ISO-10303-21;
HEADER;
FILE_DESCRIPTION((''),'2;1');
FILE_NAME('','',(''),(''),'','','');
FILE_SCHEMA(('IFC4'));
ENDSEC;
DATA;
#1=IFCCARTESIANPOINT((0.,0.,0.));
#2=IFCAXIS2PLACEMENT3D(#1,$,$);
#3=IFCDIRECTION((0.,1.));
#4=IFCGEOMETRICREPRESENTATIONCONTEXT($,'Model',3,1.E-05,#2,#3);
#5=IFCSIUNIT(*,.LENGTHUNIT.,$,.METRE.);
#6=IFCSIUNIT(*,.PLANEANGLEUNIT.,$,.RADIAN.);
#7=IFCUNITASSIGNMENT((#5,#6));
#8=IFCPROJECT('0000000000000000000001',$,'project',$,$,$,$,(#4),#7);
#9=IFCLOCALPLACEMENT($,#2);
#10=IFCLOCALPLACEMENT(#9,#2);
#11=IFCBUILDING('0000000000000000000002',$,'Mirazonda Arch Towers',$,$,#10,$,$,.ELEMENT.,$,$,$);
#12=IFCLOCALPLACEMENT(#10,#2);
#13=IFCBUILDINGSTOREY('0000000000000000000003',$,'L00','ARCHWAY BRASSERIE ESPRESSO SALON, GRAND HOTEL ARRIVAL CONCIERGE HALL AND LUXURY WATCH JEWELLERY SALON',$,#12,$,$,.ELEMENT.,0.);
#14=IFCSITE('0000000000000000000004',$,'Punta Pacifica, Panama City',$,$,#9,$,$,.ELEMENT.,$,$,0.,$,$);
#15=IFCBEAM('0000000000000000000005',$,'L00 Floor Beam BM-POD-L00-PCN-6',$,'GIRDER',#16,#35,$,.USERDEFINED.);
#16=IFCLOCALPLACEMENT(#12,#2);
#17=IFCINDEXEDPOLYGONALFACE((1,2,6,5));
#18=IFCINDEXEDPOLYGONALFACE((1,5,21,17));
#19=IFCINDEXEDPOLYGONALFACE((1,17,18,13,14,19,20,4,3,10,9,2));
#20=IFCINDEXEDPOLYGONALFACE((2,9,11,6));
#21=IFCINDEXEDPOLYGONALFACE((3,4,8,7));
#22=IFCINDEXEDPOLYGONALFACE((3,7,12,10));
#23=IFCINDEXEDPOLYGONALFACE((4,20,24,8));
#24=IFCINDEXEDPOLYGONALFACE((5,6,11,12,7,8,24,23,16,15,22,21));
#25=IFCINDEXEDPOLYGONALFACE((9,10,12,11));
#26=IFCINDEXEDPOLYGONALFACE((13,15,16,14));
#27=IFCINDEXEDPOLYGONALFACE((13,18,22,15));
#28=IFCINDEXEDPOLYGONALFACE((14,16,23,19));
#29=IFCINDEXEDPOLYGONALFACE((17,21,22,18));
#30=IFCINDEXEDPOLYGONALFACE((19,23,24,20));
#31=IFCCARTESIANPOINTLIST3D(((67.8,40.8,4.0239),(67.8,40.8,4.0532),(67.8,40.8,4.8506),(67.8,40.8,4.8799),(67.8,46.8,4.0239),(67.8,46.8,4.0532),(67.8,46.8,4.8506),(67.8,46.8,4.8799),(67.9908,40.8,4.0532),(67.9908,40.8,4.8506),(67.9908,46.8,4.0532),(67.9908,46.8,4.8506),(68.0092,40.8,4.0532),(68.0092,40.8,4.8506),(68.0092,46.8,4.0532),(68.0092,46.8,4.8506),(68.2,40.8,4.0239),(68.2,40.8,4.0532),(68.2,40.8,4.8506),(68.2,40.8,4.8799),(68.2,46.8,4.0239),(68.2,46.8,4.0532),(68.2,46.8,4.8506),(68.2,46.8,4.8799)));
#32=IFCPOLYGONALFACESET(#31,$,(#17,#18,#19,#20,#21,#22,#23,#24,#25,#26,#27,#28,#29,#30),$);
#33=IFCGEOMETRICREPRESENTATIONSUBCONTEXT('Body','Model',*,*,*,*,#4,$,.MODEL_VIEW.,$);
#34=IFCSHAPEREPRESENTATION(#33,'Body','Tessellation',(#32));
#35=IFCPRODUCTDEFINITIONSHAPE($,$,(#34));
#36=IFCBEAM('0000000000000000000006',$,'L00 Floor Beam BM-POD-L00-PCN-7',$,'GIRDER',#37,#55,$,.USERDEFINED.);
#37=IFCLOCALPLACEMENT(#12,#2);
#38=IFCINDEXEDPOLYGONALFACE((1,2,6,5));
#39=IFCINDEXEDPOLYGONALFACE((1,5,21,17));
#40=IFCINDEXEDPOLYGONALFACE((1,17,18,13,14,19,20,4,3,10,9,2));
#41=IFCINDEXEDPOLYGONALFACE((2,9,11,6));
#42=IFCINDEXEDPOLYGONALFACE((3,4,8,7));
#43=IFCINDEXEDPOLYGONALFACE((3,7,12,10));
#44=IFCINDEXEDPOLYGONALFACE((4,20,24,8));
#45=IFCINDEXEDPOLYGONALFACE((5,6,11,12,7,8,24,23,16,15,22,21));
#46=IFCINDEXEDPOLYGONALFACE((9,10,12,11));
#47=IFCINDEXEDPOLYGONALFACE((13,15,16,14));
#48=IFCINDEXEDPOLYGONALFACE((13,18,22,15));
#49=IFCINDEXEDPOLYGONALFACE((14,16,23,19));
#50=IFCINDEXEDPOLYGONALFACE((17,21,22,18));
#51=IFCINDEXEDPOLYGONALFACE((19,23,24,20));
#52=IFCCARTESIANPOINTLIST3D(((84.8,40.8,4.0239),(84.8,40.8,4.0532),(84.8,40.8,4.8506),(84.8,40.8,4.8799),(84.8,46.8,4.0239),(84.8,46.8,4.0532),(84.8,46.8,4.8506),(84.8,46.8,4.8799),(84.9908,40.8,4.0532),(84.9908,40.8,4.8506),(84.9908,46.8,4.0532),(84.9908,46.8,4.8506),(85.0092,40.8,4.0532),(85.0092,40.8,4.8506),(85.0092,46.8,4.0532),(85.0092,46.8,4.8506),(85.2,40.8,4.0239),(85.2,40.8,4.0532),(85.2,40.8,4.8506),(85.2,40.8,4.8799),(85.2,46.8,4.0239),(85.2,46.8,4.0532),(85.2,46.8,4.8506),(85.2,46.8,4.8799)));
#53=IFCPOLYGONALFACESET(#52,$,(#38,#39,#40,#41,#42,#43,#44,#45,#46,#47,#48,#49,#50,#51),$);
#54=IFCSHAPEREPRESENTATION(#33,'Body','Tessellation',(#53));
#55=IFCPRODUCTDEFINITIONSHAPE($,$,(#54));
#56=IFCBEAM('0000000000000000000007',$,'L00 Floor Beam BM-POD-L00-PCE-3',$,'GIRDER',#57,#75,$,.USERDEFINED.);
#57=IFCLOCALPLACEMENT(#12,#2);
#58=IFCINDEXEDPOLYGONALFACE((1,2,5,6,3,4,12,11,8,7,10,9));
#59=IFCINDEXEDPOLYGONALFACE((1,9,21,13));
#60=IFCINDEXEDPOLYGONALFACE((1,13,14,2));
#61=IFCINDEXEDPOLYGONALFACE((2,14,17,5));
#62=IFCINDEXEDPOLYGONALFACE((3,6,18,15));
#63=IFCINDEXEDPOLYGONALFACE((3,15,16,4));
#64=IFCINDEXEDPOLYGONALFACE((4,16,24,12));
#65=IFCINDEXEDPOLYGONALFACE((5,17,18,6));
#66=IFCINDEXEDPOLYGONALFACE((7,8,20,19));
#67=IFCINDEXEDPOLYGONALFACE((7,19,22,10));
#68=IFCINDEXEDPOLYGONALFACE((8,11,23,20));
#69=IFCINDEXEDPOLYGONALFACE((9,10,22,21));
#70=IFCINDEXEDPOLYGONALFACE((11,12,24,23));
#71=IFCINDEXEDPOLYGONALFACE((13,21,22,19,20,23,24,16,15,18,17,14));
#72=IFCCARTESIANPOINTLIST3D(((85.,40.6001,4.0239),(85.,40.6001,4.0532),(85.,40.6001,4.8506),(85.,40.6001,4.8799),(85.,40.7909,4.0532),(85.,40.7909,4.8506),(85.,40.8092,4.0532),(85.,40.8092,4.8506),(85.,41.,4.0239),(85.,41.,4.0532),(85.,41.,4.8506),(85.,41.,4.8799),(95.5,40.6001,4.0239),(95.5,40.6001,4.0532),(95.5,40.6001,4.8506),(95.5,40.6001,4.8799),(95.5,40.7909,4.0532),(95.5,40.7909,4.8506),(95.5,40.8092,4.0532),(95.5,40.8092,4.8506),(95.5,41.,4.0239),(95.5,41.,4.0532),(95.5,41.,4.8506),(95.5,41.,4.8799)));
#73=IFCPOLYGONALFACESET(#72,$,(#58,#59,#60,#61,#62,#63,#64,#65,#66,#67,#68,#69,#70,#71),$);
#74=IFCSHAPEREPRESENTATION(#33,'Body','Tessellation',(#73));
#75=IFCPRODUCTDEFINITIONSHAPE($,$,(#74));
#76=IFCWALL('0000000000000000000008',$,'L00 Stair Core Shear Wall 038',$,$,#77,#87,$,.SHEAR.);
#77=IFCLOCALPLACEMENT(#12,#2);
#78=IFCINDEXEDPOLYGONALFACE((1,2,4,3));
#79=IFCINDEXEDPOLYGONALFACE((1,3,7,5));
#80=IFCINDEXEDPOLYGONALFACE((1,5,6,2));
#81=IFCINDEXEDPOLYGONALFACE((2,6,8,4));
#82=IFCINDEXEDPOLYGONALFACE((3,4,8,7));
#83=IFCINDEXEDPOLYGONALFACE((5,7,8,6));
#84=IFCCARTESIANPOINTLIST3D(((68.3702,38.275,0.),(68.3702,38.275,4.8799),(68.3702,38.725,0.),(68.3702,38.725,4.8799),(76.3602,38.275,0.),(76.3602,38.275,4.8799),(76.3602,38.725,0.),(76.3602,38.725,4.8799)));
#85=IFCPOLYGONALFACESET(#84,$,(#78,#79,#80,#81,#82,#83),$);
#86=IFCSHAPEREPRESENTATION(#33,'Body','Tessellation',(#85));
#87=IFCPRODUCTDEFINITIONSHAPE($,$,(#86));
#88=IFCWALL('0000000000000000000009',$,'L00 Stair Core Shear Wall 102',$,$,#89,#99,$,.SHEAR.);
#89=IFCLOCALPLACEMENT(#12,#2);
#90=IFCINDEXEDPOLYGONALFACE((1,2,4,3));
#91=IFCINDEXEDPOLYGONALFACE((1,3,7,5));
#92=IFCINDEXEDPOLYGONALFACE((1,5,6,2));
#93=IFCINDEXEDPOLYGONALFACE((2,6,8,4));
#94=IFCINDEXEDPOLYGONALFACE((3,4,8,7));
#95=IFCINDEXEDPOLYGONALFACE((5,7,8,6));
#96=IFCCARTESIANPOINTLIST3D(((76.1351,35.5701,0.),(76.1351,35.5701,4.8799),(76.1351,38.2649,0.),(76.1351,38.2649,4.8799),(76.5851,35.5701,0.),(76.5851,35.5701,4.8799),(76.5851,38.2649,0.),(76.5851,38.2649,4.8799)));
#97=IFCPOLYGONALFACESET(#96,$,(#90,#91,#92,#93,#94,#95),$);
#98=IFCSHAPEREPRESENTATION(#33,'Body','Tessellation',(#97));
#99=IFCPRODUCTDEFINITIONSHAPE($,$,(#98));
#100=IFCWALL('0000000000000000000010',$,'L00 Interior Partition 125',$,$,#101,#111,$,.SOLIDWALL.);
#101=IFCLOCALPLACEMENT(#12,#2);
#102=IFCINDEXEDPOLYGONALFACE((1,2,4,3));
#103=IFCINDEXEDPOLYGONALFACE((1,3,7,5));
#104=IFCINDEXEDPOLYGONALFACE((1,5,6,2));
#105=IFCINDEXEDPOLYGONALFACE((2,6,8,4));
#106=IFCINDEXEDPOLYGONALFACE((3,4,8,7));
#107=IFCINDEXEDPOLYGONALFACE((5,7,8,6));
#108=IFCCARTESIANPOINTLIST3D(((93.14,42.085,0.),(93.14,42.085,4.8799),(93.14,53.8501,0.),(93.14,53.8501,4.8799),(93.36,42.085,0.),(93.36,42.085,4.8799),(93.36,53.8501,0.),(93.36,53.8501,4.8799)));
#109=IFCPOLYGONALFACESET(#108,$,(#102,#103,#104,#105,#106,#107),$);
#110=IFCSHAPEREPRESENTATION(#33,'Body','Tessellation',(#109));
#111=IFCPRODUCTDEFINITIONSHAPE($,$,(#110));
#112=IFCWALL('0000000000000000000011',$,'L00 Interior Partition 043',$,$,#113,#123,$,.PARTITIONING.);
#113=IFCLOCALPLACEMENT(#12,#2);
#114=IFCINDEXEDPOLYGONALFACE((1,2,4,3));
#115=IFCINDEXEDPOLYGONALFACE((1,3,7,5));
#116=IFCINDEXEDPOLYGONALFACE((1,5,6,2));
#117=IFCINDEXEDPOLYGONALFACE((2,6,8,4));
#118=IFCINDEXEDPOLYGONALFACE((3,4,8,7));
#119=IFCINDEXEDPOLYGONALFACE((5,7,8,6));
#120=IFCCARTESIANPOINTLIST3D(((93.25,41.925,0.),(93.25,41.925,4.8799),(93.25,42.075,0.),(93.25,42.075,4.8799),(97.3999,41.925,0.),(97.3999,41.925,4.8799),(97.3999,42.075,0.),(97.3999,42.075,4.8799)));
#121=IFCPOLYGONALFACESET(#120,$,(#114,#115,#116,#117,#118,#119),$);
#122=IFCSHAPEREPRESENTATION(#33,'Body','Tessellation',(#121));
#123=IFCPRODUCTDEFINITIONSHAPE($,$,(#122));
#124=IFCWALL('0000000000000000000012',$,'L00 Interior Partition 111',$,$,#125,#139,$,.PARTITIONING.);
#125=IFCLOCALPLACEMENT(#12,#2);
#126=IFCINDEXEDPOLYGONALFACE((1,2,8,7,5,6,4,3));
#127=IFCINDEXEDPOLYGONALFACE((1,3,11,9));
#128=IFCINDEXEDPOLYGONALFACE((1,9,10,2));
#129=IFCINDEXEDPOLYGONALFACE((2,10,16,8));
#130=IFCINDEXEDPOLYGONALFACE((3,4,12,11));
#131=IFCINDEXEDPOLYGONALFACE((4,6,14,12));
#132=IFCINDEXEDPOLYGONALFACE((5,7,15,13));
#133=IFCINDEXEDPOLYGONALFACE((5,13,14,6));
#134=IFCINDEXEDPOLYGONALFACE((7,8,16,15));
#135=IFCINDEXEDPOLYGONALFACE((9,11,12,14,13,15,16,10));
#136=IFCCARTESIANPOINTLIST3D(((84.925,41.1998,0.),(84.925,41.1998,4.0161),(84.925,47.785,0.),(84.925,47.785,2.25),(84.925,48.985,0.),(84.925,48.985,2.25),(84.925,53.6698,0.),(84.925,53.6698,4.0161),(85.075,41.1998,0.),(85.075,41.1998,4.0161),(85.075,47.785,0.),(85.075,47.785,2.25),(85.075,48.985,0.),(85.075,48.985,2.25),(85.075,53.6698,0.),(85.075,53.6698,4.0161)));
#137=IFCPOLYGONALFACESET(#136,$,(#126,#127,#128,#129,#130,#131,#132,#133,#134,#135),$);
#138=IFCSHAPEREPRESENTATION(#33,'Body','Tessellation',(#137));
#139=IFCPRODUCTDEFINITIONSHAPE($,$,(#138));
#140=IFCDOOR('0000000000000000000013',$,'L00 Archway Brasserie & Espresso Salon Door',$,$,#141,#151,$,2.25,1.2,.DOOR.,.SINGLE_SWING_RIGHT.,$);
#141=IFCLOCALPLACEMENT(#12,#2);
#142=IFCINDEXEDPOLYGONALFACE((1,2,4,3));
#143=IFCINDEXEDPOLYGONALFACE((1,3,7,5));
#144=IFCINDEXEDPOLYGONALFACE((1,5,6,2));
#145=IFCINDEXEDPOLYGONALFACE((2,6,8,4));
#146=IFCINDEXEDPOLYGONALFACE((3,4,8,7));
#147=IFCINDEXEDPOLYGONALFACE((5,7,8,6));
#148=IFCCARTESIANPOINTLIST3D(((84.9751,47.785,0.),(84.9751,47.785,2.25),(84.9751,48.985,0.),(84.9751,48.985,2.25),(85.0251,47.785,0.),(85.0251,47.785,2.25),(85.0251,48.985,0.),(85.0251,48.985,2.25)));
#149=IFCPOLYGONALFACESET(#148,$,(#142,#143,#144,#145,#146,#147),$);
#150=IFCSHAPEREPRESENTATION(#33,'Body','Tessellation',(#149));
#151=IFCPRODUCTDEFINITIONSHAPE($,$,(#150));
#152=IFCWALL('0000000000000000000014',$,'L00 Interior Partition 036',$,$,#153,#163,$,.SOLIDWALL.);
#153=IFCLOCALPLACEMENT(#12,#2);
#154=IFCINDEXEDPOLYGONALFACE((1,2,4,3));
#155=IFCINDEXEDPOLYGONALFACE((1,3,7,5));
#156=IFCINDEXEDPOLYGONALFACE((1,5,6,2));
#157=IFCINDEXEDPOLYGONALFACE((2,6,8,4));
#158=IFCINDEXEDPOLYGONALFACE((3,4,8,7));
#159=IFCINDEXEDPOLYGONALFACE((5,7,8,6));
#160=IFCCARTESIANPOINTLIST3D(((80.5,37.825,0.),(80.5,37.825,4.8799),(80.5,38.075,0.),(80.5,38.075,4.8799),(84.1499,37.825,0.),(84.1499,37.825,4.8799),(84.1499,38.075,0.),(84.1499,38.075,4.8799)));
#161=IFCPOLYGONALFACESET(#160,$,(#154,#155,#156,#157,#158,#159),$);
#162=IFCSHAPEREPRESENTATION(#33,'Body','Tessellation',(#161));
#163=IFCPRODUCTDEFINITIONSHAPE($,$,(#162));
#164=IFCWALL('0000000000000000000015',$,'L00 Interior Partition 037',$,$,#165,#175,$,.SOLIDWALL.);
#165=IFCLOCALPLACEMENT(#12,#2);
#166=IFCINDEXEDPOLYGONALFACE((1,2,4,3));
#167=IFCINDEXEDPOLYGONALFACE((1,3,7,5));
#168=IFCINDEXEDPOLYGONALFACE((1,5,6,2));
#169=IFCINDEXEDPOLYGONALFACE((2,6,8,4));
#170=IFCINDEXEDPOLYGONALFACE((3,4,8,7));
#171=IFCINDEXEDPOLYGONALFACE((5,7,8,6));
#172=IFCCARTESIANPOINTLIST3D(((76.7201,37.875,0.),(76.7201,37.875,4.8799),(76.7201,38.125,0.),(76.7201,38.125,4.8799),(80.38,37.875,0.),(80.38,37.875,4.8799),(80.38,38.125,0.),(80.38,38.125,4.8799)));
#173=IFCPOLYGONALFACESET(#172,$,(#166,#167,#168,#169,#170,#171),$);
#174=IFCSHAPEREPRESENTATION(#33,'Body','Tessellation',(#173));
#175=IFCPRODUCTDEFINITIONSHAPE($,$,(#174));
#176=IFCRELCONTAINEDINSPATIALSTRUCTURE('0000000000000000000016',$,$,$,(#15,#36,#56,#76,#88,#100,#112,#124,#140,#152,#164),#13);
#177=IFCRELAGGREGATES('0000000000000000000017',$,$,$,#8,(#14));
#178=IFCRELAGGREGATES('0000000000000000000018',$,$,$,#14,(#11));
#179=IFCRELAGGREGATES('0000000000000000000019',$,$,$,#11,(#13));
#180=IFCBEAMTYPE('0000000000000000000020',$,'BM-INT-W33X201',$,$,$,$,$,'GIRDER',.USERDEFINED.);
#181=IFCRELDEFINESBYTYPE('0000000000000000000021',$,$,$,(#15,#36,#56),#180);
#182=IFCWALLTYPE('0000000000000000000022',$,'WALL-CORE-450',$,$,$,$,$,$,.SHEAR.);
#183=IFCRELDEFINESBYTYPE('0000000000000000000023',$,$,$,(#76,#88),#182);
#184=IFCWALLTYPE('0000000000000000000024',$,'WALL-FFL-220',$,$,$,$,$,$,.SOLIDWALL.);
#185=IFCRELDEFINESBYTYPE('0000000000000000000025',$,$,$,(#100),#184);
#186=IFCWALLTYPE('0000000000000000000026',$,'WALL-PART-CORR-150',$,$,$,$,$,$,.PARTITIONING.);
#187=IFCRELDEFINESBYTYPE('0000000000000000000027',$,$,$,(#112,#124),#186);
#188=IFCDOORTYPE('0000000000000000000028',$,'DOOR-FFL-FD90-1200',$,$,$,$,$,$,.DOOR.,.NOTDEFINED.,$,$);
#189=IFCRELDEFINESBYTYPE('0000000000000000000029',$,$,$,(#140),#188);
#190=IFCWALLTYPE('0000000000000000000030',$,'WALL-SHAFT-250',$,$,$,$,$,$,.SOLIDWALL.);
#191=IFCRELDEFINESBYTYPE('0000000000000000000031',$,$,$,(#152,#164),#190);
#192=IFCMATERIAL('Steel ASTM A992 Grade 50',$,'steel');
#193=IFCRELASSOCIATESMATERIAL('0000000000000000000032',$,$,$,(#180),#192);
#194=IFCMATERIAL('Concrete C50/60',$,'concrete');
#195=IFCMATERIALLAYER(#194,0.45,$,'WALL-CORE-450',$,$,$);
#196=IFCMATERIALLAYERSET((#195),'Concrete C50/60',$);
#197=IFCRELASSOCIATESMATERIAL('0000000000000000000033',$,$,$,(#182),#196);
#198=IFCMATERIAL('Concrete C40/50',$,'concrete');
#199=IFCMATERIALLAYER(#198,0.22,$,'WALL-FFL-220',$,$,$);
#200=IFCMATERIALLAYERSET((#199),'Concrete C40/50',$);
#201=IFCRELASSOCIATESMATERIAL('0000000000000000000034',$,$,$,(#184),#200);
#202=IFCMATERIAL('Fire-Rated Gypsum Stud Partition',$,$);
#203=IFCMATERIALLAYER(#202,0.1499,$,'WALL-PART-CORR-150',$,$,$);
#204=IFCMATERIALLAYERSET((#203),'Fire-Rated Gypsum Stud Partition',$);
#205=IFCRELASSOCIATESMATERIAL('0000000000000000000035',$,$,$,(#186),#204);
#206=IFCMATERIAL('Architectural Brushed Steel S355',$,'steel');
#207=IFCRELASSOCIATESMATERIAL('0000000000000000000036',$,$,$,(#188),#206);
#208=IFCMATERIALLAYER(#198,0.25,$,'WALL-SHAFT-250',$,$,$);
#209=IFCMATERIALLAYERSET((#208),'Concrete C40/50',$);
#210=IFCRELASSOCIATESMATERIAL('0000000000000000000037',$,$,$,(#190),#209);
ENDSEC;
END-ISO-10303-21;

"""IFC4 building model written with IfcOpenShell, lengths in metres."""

from ifc_helpers import new_model, si_unit, direction, frame, frame_2d, origin, origin_2d, place, context, subcontext, project, spatial, rectangle, i_section, extrude, material, layer, layer_set, material_profile, profile_set, type_object, element, fill, save


model = new_model("IFC4")

# Units and contexts
model_context = context("Model", 3, precision=1e-05, world=origin(), true_north=direction((0.0, 1.0)))
body_context = subcontext(model_context, "Body", "Model", "MODEL_VIEW")
ifc_project = project(units=[si_unit("LENGTHUNIT", "METRE"), si_unit("PLANEANGLEUNIT", "RADIAN")], contexts=[model_context])

# Site, building, storey
site_placement = place(None, origin())
site = spatial("IfcSite", under=ifc_project, at=site_placement, Name="Punta Pacifica, Panama City", CompositionType="ELEMENT", RefElevation=0.0)
building_placement = place(site_placement, origin())
building = spatial("IfcBuilding", under=site, at=building_placement, Name="Mirazonda Arch Towers", CompositionType="ELEMENT")
storey_placement = place(building_placement, origin())
storey = spatial("IfcBuildingStorey", under=building, at=storey_placement, Name="L00", Description="ARCHWAY BRASSERIE ESPRESSO SALON, GRAND HOTEL ARRIVAL CONCIERGE HALL AND LUXURY WATCH JEWELLERY SALON", CompositionType="ELEMENT", Elevation=0.0)

# Shared definitions
ifc_material_1 = material(Name="Concrete C50/60", Category="concrete")

# Beams
ifc_material_2 = material(Name="Steel ASTM A992 Grade 50", Category="steel")
ifc_material_profile_1 = material_profile(ifc_material_2, i_section(OverallWidth=0.3999, OverallDepth=0.856, WebThickness=0.0183, FlangeThickness=0.0293, at=origin_2d()), Name="W33X201")
ifc_profile_set_1 = profile_set([ifc_material_profile_1], Name="Steel ASTM A992 Grade 50")
beam_type_1 = type_object("IfcBeamType", Name="BM-INT-W33X201", ElementType="GIRDER", PredefinedType="USERDEFINED", material=ifc_profile_set_1)
for number, where, z_axis, x_axis, name in (
    (1, (68.0, 40.8, 4.4519), (0.0, 1.0, 0.0), (-1.0, 0.0, 0.0), "L00 Floor Beam BM-POD-L00-PCN-6"),
    (2, (85.0, 40.8, 4.4519), (0.0, 1.0, 0.0), (-1.0, 0.0, 0.0), "L00 Floor Beam BM-POD-L00-PCN-7"),
):
    element("IfcBeam", number, at=place(storey_placement, frame(where, z_axis=z_axis, x_axis=x_axis)), inside=storey, type_object=beam_type_1, Name=name, ObjectType="GIRDER", PredefinedType="USERDEFINED", context=body_context, shape_type="SweptSolid", body=[
        extrude(i_section(OverallWidth=0.3999, OverallDepth=0.856, WebThickness=0.0183, FlangeThickness=0.0293, at=origin_2d()), origin(), (0.0, 0.0, 1.0), 6.0),
    ])
beam_1_placement = place(storey_placement, frame((85.0, 40.8, 4.4519), z_axis=(1.0, 0.0, 0.0), x_axis=(0.0, 1.0, 0.0)))
element("IfcBeam", 3, at=beam_1_placement, inside=storey, type_object=beam_type_1, Name="L00 Floor Beam BM-POD-L00-PCE-3", ObjectType="GIRDER", PredefinedType="USERDEFINED", context=body_context, shape_type="SweptSolid", body=[
    extrude(i_section(OverallWidth=0.3999, OverallDepth=0.856, WebThickness=0.0183, FlangeThickness=0.0293, at=origin_2d()), origin(), (0.0, 0.0, 1.0), 10.5),
])

# Walls
ifc_layer_1 = layer(ifc_material_1, 0.45, Name="WALL-CORE-450")
ifc_layer_set_1 = layer_set([ifc_layer_1], Name="Concrete C50/60")
wall_type_1 = type_object("IfcWallType", Name="WALL-CORE-450", PredefinedType="SHEAR", material=ifc_layer_set_1)
wall_1_placement = place(storey_placement, frame((68.3701, 38.5, 0.0), z_axis=(0.0, 0.0, 1.0), x_axis=(1.0, 0.0, 0.0)))
element("IfcWall", 4, at=wall_1_placement, inside=storey, type_object=wall_type_1, Name="L00 Stair Core Shear Wall 038", PredefinedType="SHEAR", context=body_context, shape_type="SweptSolid", body=[
    extrude(rectangle(XDim=7.99, YDim=0.45, at=frame_2d((3.9951, 0.0))), origin(), (0.0, 0.0, 1.0), 4.8799),
])
wall_2_placement = place(storey_placement, frame((76.3601, 35.5701, 0.0), z_axis=(0.0, 0.0, 1.0), x_axis=(0.0, 1.0, 0.0)))
element("IfcWall", 5, at=wall_2_placement, inside=storey, type_object=wall_type_1, Name="L00 Stair Core Shear Wall 102", PredefinedType="SHEAR", context=body_context, shape_type="SweptSolid", body=[
    extrude(rectangle(XDim=2.6948, YDim=0.45, at=frame_2d((1.3474, 0.0))), origin(), (0.0, 0.0, 1.0), 4.8799),
])
ifc_material_3 = material(Name="Concrete C40/50", Category="concrete")
ifc_layer_2 = layer(ifc_material_3, 0.22, Name="WALL-FFL-220")
ifc_layer_set_2 = layer_set([ifc_layer_2], Name="Concrete C40/50")
wall_type_2 = type_object("IfcWallType", Name="WALL-FFL-220", PredefinedType="SOLIDWALL", material=ifc_layer_set_2)
wall_3_placement = place(storey_placement, frame((93.25, 42.085, 0.0), z_axis=(0.0, 0.0, 1.0), x_axis=(0.0, 1.0, 0.0)))
element("IfcWall", 6, at=wall_3_placement, inside=storey, type_object=wall_type_2, Name="L00 Interior Partition 125", PredefinedType="SOLIDWALL", context=body_context, shape_type="SweptSolid", body=[
    extrude(rectangle(XDim=11.7651, YDim=0.22, at=frame_2d((5.8826, 0.0))), origin(), (0.0, 0.0, 1.0), 4.8799),
])
ifc_material_4 = material(Name="Fire-Rated Gypsum Stud Partition")
ifc_layer_3 = layer(ifc_material_4, 0.1499, Name="WALL-PART-CORR-150")
ifc_layer_set_3 = layer_set([ifc_layer_3], Name="Fire-Rated Gypsum Stud Partition")
wall_type_3 = type_object("IfcWallType", Name="WALL-PART-CORR-150", PredefinedType="PARTITIONING", material=ifc_layer_set_3)
wall_4_placement = place(storey_placement, frame((93.25, 42.0, 0.0), z_axis=(0.0, 0.0, 1.0), x_axis=(1.0, 0.0, 0.0)))
element("IfcWall", 7, at=wall_4_placement, inside=storey, type_object=wall_type_3, Name="L00 Interior Partition 043", PredefinedType="PARTITIONING", context=body_context, shape_type="SweptSolid", body=[
    extrude(rectangle(XDim=4.1499, YDim=0.1499, at=frame_2d((2.075, 0.0))), origin(), (0.0, 0.0, 1.0), 4.8799),
])

# Wall, opening, door
wall_5_placement = place(storey_placement, frame((85.0, 41.2, 0.0), z_axis=(0.0, 0.0, 1.0), x_axis=(0.0, 1.0, 0.0)))
wall_5 = element("IfcWall", 8, at=wall_5_placement, inside=storey, type_object=wall_type_3, Name="L00 Interior Partition 111", PredefinedType="PARTITIONING", context=body_context, shape_type="SweptSolid", body=[
    extrude(rectangle(XDim=12.47, YDim=0.1499, at=frame_2d((6.2349, 0.0))), origin(), (0.0, 0.0, 1.0), 4.0161),
])
opening_placement = place(wall_5_placement, frame((6.585, 0.0, 0.0)))
opening = element("IfcOpeningElement", 9, at=opening_placement, cuts=wall_5, PredefinedType="OPENING", context=body_context, shape_type="SweptSolid", body=[
    extrude(rectangle(XDim=1.2, YDim=2.25, at=frame_2d((0.6001, 1.125))), frame((0.0, 0.085, 0.0), z_axis=(0.0, -1.0, 0.0), x_axis=(1.0, 0.0, 0.0)), (0.0, 0.0, 1.0), 0.1699),
])
ifc_material_5 = material(Name="Architectural Brushed Steel S355", Category="steel")
door_type = type_object("IfcDoorType", Name="DOOR-FFL-FD90-1200", OperationType="NOTDEFINED", PredefinedType="DOOR", material=ifc_material_5)
door_placement = place(opening_placement, origin())
door = element("IfcDoor", 10, at=door_placement, inside=storey, type_object=door_type, Name="L00 Archway Brasserie & Espresso Salon Door", OperationType="SINGLE_SWING_RIGHT", OverallHeight=2.25, OverallWidth=1.2, PredefinedType="DOOR", context=body_context, shape_type="SweptSolid", body=[
    extrude(rectangle(XDim=1.2, YDim=2.25, at=frame_2d((0.6001, 1.125))), frame((0.0, 0.0249, 0.0), z_axis=(0.0, -1.0, 0.0), x_axis=(1.0, 0.0, 0.0)), (0.0, 0.0, 1.0), 0.05),
])
fill(opening, door)

# Walls
ifc_layer_4 = layer(ifc_material_3, 0.25, Name="WALL-SHAFT-250")
ifc_layer_set_4 = layer_set([ifc_layer_4], Name="Concrete C40/50")
wall_type_4 = type_object("IfcWallType", Name="WALL-SHAFT-250", PredefinedType="SOLIDWALL", material=ifc_layer_set_4)
wall_6_placement = place(storey_placement, frame((80.5, 37.95, 0.0), z_axis=(0.0, 0.0, 1.0), x_axis=(1.0, 0.0, 0.0)))
element("IfcWall", 11, at=wall_6_placement, inside=storey, type_object=wall_type_4, Name="L00 Interior Partition 036", PredefinedType="SOLIDWALL", context=body_context, shape_type="SweptSolid", body=[
    extrude(rectangle(XDim=3.6499, YDim=0.25, at=frame_2d((1.825, 0.0))), origin(), (0.0, 0.0, 1.0), 4.8799),
])
wall_7_placement = place(storey_placement, frame((76.72, 38.0, 0.0), z_axis=(0.0, 0.0, 1.0), x_axis=(1.0, 0.0, 0.0)))
element("IfcWall", 12, at=wall_7_placement, inside=storey, type_object=wall_type_4, Name="L00 Interior Partition 037", PredefinedType="SOLIDWALL", context=body_context, shape_type="SweptSolid", body=[
    extrude(rectangle(XDim=3.6599, YDim=0.25, at=frame_2d((1.8301, 0.0))), origin(), (0.0, 0.0, 1.0), 4.8799),
])

save(model, "model.ifc")
